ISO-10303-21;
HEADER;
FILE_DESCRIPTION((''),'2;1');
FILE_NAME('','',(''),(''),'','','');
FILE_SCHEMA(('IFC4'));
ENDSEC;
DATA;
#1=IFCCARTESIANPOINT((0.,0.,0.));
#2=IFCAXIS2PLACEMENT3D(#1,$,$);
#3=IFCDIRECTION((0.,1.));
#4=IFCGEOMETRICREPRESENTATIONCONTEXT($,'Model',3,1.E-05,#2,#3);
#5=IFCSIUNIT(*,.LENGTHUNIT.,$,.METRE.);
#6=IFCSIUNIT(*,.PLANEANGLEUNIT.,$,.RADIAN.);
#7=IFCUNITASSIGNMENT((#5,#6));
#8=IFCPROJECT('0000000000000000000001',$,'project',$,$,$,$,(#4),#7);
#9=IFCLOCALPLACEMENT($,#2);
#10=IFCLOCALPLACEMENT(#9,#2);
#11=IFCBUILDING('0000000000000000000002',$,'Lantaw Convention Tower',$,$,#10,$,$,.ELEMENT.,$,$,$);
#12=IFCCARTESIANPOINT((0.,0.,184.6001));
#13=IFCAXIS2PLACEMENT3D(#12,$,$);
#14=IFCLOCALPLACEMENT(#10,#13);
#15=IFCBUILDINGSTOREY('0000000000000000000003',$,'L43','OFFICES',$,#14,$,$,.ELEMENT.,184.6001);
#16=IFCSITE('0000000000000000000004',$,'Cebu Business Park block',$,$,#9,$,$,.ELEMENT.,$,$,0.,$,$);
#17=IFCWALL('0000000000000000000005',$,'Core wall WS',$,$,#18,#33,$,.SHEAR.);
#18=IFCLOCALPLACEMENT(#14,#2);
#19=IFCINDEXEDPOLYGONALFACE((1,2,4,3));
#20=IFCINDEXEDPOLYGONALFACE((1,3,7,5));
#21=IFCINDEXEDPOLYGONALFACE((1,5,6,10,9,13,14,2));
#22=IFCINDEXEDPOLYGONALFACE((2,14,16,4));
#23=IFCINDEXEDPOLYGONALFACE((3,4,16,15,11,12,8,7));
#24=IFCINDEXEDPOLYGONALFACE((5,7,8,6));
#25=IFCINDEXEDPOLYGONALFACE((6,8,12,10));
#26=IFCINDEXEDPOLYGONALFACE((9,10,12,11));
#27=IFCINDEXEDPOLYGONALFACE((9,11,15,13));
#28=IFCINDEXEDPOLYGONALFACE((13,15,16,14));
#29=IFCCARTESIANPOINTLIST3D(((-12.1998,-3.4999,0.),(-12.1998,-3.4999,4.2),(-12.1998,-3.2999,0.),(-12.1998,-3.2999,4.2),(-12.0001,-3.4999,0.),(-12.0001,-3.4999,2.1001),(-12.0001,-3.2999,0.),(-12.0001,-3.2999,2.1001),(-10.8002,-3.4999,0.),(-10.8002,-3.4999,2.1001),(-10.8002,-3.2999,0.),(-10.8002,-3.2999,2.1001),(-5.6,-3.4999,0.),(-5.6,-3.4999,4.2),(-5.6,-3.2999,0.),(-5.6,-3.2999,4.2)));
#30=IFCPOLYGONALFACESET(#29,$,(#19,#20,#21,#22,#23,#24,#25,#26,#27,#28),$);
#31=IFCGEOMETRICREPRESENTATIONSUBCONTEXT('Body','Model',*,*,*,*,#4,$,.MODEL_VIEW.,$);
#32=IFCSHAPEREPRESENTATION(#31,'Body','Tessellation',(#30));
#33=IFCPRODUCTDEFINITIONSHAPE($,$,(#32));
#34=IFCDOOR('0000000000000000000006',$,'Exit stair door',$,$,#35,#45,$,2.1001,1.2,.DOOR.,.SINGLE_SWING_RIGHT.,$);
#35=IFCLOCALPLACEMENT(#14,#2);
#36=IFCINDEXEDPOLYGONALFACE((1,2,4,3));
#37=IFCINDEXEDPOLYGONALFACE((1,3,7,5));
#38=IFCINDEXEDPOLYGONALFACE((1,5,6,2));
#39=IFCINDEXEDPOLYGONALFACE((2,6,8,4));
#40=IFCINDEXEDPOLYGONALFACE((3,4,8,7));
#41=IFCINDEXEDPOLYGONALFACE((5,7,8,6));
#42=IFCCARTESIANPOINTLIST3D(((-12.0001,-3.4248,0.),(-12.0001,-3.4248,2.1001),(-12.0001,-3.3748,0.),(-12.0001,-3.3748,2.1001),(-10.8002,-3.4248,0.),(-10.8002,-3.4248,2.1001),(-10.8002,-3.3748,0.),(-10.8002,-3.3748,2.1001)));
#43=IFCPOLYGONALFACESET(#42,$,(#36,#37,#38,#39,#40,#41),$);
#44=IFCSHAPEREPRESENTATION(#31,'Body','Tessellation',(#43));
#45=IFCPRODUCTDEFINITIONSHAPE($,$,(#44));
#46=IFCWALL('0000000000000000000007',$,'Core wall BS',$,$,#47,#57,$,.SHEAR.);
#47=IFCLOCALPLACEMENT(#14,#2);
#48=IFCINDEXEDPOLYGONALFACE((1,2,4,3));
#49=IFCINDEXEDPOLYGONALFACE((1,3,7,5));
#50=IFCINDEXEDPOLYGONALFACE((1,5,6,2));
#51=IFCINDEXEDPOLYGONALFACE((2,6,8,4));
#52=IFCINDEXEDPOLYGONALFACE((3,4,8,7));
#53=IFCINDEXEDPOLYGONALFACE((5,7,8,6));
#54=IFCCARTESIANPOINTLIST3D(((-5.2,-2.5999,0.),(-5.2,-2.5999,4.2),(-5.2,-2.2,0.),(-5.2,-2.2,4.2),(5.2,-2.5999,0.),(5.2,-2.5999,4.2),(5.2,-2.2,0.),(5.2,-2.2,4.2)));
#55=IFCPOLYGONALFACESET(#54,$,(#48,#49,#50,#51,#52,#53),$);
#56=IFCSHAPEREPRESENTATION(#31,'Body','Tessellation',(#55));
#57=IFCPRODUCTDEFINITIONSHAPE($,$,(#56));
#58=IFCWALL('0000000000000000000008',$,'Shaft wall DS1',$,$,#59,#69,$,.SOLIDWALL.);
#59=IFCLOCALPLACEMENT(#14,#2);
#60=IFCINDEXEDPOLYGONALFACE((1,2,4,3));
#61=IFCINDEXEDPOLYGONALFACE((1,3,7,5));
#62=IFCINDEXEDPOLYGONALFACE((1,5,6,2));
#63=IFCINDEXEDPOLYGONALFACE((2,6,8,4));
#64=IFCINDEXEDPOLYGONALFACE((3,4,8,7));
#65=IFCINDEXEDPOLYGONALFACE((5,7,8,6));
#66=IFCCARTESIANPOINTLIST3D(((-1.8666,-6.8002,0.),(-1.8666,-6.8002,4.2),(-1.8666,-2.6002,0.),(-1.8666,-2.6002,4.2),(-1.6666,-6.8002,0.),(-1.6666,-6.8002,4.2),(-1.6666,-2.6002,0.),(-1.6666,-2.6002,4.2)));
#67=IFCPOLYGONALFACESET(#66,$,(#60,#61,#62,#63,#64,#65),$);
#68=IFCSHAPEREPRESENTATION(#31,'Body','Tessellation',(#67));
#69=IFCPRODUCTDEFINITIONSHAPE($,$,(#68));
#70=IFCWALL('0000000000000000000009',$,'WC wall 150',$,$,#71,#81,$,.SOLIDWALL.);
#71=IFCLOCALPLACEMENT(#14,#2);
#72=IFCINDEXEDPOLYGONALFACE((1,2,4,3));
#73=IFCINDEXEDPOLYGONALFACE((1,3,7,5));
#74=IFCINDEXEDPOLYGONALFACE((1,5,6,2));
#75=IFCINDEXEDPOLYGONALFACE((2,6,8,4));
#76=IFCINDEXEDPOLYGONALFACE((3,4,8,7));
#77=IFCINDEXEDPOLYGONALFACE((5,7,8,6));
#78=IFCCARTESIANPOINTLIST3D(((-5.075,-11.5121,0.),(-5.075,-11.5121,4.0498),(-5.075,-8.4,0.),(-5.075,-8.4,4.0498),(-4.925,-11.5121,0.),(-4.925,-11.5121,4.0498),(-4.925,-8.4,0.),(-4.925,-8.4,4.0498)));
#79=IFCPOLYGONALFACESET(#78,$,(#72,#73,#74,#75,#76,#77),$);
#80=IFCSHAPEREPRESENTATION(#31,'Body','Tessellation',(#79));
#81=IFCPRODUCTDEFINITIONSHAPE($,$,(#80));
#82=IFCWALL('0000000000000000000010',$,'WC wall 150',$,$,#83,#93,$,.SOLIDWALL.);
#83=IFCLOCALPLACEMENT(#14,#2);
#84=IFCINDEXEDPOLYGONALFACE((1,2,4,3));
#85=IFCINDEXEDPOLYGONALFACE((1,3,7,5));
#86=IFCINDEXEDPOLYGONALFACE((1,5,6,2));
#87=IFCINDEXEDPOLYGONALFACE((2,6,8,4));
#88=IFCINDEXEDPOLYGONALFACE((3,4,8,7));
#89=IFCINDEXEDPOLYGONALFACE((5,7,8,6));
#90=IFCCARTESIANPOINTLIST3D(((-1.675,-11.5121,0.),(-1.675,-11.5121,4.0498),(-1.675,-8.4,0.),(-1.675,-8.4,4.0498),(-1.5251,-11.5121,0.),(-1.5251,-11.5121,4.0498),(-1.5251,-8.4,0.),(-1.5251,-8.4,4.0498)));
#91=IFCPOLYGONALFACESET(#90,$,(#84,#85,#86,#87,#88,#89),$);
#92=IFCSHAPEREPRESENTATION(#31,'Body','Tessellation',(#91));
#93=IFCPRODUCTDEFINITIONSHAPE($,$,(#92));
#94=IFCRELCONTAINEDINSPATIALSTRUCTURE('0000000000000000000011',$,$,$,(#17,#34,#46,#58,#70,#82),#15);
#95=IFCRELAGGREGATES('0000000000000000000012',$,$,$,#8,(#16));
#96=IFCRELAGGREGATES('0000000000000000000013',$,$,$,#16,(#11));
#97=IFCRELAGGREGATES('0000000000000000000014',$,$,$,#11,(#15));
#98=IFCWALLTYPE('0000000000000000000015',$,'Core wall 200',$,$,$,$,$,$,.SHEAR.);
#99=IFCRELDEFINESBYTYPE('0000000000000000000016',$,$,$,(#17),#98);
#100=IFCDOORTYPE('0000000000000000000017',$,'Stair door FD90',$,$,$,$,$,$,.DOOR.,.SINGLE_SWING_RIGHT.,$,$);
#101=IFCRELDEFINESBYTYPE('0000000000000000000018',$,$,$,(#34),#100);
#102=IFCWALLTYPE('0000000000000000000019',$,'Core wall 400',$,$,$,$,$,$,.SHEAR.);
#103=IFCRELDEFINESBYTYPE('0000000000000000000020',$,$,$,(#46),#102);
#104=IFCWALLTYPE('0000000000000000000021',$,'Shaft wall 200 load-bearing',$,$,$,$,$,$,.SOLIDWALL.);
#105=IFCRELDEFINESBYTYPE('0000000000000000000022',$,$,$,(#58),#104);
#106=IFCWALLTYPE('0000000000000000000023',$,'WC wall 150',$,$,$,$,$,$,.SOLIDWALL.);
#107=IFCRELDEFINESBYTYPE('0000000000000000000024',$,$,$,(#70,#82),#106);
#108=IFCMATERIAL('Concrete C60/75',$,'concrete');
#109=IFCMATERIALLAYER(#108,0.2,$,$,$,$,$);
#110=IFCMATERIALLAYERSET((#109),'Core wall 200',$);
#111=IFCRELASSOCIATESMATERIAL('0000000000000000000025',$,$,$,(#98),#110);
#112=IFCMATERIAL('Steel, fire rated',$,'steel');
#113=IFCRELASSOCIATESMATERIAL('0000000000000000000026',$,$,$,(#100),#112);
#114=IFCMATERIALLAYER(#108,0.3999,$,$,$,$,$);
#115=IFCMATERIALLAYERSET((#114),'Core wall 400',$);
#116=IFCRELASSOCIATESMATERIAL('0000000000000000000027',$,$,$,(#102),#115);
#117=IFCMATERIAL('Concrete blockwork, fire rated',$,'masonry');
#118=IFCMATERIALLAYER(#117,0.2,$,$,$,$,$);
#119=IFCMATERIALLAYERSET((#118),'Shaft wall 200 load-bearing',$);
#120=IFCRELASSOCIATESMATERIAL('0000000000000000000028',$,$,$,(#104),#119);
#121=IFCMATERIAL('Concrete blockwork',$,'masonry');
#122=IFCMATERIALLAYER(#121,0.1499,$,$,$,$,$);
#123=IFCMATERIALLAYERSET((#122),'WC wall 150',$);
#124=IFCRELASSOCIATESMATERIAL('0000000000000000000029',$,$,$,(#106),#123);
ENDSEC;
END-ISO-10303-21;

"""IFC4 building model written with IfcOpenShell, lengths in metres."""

from ifc_helpers import new_model, si_unit, direction, frame, frame_2d, origin, place, context, subcontext, project, spatial, rectangle, extrude, material, layer, layer_set, type_object, element, fill, save


model = new_model("IFC4")

# Units and contexts
model_context = context("Model", 3, precision=1e-05, world=origin(), true_north=direction((0.0, 1.0)))
body_context = subcontext(model_context, "Body", "Model", "MODEL_VIEW")
ifc_project = project(units=[si_unit("LENGTHUNIT", "METRE"), si_unit("PLANEANGLEUNIT", "RADIAN")], contexts=[model_context])

# Site, building, storey
site_placement = place(None, origin())
site = spatial("IfcSite", under=ifc_project, at=site_placement, Name="Cebu Business Park block", CompositionType="ELEMENT", RefElevation=0.0)
building_placement = place(site_placement, origin())
building = spatial("IfcBuilding", under=site, at=building_placement, Name="Lantaw Convention Tower", CompositionType="ELEMENT")
storey_placement = place(building_placement, frame((0.0, 0.0, 184.6001)))
storey = spatial("IfcBuildingStorey", under=building, at=storey_placement, Name="L43", Description="OFFICES", CompositionType="ELEMENT", Elevation=184.6001)

# Shared definitions
ifc_material_1 = material(Name="Concrete C60/75", Category="concrete")

# Wall, opening, door
ifc_layer_1 = layer(ifc_material_1, 0.2)
ifc_layer_set_1 = layer_set([ifc_layer_1], Name="Core wall 200")
wall_type_1 = type_object("IfcWallType", Name="Core wall 200", PredefinedType="SHEAR", material=ifc_layer_set_1)
wall_1_placement = place(storey_placement, frame((-5.6001, -3.3999, 0.0), z_axis=(0.0, 0.0, 1.0), x_axis=(-1.0, 0.0, 0.0)))
wall_1 = element("IfcWall", 1, at=wall_1_placement, inside=storey, type_object=wall_type_1, Name="Core wall WS", PredefinedType="SHEAR", context=body_context, shape_type="SweptSolid", body=[
    extrude(rectangle(XDim=6.5999, YDim=0.2, at=frame_2d((3.2998, 0.0))), origin(), (0.0, 0.0, 1.0), 4.2),
])
opening_placement = place(wall_1_placement, frame((5.2, 0.0, 0.0)))
opening = element("IfcOpeningElement", 2, at=opening_placement, cuts=wall_1, PredefinedType="OPENING", context=body_context, shape_type="SweptSolid", body=[
    extrude(rectangle(XDim=1.2, YDim=2.1001, at=frame_2d((0.6001, 1.05))), frame((0.0, 0.1099, 0.0), z_axis=(0.0, -1.0, 0.0), x_axis=(1.0, 0.0, 0.0)), (0.0, 0.0, 1.0), 0.22),
])
ifc_material_2 = material(Name="Steel, fire rated", Category="steel")
door_type = type_object("IfcDoorType", Name="Stair door FD90", OperationType="SINGLE_SWING_RIGHT", PredefinedType="DOOR", material=ifc_material_2)
door_placement = place(opening_placement, origin())
door = element("IfcDoor", 3, at=door_placement, inside=storey, type_object=door_type, Name="Exit stair door", OperationType="SINGLE_SWING_RIGHT", OverallHeight=2.1001, OverallWidth=1.2, PredefinedType="DOOR", context=body_context, shape_type="SweptSolid", body=[
    extrude(rectangle(XDim=1.2, YDim=2.1001, at=frame_2d((0.6001, 1.05))), frame((0.0, 0.0249, 0.0), z_axis=(0.0, -1.0, 0.0), x_axis=(1.0, 0.0, 0.0)), (0.0, 0.0, 1.0), 0.05),
])
fill(opening, door)

# Walls
ifc_layer_2 = layer(ifc_material_1, 0.3999)
ifc_layer_set_2 = layer_set([ifc_layer_2], Name="Core wall 400")
wall_type_2 = type_object("IfcWallType", Name="Core wall 400", PredefinedType="SHEAR", material=ifc_layer_set_2)
wall_2_placement = place(storey_placement, frame((-5.2, -2.3999, 0.0), z_axis=(0.0, 0.0, 1.0), x_axis=(1.0, 0.0, 0.0)))
element("IfcWall", 4, at=wall_2_placement, inside=storey, type_object=wall_type_2, Name="Core wall BS", PredefinedType="SHEAR", context=body_context, shape_type="SweptSolid", body=[
    extrude(rectangle(XDim=10.3999, YDim=0.3999, at=frame_2d((5.2, 0.0))), origin(), (0.0, 0.0, 1.0), 4.2),
])
ifc_material_3 = material(Name="Concrete blockwork, fire rated", Category="masonry")
ifc_layer_3 = layer(ifc_material_3, 0.2)
ifc_layer_set_3 = layer_set([ifc_layer_3], Name="Shaft wall 200 load-bearing")
wall_type_3 = type_object("IfcWallType", Name="Shaft wall 200 load-bearing", PredefinedType="SOLIDWALL", material=ifc_layer_set_3)
wall_3_placement = place(storey_placement, frame((-1.7666, -2.6001, 0.0), z_axis=(0.0, 0.0, 1.0), x_axis=(0.0, -1.0, 0.0)))
element("IfcWall", 5, at=wall_3_placement, inside=storey, type_object=wall_type_3, Name="Shaft wall DS1", PredefinedType="SOLIDWALL", context=body_context, shape_type="SweptSolid", body=[
    extrude(rectangle(XDim=4.2, YDim=0.2, at=frame_2d((2.1001, 0.0))), origin(), (0.0, 0.0, 1.0), 4.2),
])
ifc_material_4 = material(Name="Concrete blockwork", Category="masonry")
ifc_layer_4 = layer(ifc_material_4, 0.1499)
ifc_layer_set_4 = layer_set([ifc_layer_4], Name="WC wall 150")
wall_type_4 = type_object("IfcWallType", Name="WC wall 150", PredefinedType="SOLIDWALL", material=ifc_layer_set_4)
for number, where, z_axis, x_axis, name in (
    (6, (-5.0, -8.3999, 0.0), (0.0, 0.0, 1.0), (0.0, -1.0, 0.0), "WC wall 150"),
    (7, (-1.6001, -8.3999, 0.0), (0.0, 0.0, 1.0), (0.0, -1.0, 0.0), "WC wall 150"),
):
    element("IfcWall", number, at=place(storey_placement, frame(where, z_axis=z_axis, x_axis=x_axis)), inside=storey, type_object=wall_type_4, Name=name, PredefinedType="SOLIDWALL", context=body_context, shape_type="SweptSolid", body=[
        extrude(rectangle(XDim=3.1121, YDim=0.1499, at=frame_2d((1.5562, 0.0))), origin(), (0.0, 0.0, 1.0), 4.0498),
    ])

save(model, "model.ifc")
